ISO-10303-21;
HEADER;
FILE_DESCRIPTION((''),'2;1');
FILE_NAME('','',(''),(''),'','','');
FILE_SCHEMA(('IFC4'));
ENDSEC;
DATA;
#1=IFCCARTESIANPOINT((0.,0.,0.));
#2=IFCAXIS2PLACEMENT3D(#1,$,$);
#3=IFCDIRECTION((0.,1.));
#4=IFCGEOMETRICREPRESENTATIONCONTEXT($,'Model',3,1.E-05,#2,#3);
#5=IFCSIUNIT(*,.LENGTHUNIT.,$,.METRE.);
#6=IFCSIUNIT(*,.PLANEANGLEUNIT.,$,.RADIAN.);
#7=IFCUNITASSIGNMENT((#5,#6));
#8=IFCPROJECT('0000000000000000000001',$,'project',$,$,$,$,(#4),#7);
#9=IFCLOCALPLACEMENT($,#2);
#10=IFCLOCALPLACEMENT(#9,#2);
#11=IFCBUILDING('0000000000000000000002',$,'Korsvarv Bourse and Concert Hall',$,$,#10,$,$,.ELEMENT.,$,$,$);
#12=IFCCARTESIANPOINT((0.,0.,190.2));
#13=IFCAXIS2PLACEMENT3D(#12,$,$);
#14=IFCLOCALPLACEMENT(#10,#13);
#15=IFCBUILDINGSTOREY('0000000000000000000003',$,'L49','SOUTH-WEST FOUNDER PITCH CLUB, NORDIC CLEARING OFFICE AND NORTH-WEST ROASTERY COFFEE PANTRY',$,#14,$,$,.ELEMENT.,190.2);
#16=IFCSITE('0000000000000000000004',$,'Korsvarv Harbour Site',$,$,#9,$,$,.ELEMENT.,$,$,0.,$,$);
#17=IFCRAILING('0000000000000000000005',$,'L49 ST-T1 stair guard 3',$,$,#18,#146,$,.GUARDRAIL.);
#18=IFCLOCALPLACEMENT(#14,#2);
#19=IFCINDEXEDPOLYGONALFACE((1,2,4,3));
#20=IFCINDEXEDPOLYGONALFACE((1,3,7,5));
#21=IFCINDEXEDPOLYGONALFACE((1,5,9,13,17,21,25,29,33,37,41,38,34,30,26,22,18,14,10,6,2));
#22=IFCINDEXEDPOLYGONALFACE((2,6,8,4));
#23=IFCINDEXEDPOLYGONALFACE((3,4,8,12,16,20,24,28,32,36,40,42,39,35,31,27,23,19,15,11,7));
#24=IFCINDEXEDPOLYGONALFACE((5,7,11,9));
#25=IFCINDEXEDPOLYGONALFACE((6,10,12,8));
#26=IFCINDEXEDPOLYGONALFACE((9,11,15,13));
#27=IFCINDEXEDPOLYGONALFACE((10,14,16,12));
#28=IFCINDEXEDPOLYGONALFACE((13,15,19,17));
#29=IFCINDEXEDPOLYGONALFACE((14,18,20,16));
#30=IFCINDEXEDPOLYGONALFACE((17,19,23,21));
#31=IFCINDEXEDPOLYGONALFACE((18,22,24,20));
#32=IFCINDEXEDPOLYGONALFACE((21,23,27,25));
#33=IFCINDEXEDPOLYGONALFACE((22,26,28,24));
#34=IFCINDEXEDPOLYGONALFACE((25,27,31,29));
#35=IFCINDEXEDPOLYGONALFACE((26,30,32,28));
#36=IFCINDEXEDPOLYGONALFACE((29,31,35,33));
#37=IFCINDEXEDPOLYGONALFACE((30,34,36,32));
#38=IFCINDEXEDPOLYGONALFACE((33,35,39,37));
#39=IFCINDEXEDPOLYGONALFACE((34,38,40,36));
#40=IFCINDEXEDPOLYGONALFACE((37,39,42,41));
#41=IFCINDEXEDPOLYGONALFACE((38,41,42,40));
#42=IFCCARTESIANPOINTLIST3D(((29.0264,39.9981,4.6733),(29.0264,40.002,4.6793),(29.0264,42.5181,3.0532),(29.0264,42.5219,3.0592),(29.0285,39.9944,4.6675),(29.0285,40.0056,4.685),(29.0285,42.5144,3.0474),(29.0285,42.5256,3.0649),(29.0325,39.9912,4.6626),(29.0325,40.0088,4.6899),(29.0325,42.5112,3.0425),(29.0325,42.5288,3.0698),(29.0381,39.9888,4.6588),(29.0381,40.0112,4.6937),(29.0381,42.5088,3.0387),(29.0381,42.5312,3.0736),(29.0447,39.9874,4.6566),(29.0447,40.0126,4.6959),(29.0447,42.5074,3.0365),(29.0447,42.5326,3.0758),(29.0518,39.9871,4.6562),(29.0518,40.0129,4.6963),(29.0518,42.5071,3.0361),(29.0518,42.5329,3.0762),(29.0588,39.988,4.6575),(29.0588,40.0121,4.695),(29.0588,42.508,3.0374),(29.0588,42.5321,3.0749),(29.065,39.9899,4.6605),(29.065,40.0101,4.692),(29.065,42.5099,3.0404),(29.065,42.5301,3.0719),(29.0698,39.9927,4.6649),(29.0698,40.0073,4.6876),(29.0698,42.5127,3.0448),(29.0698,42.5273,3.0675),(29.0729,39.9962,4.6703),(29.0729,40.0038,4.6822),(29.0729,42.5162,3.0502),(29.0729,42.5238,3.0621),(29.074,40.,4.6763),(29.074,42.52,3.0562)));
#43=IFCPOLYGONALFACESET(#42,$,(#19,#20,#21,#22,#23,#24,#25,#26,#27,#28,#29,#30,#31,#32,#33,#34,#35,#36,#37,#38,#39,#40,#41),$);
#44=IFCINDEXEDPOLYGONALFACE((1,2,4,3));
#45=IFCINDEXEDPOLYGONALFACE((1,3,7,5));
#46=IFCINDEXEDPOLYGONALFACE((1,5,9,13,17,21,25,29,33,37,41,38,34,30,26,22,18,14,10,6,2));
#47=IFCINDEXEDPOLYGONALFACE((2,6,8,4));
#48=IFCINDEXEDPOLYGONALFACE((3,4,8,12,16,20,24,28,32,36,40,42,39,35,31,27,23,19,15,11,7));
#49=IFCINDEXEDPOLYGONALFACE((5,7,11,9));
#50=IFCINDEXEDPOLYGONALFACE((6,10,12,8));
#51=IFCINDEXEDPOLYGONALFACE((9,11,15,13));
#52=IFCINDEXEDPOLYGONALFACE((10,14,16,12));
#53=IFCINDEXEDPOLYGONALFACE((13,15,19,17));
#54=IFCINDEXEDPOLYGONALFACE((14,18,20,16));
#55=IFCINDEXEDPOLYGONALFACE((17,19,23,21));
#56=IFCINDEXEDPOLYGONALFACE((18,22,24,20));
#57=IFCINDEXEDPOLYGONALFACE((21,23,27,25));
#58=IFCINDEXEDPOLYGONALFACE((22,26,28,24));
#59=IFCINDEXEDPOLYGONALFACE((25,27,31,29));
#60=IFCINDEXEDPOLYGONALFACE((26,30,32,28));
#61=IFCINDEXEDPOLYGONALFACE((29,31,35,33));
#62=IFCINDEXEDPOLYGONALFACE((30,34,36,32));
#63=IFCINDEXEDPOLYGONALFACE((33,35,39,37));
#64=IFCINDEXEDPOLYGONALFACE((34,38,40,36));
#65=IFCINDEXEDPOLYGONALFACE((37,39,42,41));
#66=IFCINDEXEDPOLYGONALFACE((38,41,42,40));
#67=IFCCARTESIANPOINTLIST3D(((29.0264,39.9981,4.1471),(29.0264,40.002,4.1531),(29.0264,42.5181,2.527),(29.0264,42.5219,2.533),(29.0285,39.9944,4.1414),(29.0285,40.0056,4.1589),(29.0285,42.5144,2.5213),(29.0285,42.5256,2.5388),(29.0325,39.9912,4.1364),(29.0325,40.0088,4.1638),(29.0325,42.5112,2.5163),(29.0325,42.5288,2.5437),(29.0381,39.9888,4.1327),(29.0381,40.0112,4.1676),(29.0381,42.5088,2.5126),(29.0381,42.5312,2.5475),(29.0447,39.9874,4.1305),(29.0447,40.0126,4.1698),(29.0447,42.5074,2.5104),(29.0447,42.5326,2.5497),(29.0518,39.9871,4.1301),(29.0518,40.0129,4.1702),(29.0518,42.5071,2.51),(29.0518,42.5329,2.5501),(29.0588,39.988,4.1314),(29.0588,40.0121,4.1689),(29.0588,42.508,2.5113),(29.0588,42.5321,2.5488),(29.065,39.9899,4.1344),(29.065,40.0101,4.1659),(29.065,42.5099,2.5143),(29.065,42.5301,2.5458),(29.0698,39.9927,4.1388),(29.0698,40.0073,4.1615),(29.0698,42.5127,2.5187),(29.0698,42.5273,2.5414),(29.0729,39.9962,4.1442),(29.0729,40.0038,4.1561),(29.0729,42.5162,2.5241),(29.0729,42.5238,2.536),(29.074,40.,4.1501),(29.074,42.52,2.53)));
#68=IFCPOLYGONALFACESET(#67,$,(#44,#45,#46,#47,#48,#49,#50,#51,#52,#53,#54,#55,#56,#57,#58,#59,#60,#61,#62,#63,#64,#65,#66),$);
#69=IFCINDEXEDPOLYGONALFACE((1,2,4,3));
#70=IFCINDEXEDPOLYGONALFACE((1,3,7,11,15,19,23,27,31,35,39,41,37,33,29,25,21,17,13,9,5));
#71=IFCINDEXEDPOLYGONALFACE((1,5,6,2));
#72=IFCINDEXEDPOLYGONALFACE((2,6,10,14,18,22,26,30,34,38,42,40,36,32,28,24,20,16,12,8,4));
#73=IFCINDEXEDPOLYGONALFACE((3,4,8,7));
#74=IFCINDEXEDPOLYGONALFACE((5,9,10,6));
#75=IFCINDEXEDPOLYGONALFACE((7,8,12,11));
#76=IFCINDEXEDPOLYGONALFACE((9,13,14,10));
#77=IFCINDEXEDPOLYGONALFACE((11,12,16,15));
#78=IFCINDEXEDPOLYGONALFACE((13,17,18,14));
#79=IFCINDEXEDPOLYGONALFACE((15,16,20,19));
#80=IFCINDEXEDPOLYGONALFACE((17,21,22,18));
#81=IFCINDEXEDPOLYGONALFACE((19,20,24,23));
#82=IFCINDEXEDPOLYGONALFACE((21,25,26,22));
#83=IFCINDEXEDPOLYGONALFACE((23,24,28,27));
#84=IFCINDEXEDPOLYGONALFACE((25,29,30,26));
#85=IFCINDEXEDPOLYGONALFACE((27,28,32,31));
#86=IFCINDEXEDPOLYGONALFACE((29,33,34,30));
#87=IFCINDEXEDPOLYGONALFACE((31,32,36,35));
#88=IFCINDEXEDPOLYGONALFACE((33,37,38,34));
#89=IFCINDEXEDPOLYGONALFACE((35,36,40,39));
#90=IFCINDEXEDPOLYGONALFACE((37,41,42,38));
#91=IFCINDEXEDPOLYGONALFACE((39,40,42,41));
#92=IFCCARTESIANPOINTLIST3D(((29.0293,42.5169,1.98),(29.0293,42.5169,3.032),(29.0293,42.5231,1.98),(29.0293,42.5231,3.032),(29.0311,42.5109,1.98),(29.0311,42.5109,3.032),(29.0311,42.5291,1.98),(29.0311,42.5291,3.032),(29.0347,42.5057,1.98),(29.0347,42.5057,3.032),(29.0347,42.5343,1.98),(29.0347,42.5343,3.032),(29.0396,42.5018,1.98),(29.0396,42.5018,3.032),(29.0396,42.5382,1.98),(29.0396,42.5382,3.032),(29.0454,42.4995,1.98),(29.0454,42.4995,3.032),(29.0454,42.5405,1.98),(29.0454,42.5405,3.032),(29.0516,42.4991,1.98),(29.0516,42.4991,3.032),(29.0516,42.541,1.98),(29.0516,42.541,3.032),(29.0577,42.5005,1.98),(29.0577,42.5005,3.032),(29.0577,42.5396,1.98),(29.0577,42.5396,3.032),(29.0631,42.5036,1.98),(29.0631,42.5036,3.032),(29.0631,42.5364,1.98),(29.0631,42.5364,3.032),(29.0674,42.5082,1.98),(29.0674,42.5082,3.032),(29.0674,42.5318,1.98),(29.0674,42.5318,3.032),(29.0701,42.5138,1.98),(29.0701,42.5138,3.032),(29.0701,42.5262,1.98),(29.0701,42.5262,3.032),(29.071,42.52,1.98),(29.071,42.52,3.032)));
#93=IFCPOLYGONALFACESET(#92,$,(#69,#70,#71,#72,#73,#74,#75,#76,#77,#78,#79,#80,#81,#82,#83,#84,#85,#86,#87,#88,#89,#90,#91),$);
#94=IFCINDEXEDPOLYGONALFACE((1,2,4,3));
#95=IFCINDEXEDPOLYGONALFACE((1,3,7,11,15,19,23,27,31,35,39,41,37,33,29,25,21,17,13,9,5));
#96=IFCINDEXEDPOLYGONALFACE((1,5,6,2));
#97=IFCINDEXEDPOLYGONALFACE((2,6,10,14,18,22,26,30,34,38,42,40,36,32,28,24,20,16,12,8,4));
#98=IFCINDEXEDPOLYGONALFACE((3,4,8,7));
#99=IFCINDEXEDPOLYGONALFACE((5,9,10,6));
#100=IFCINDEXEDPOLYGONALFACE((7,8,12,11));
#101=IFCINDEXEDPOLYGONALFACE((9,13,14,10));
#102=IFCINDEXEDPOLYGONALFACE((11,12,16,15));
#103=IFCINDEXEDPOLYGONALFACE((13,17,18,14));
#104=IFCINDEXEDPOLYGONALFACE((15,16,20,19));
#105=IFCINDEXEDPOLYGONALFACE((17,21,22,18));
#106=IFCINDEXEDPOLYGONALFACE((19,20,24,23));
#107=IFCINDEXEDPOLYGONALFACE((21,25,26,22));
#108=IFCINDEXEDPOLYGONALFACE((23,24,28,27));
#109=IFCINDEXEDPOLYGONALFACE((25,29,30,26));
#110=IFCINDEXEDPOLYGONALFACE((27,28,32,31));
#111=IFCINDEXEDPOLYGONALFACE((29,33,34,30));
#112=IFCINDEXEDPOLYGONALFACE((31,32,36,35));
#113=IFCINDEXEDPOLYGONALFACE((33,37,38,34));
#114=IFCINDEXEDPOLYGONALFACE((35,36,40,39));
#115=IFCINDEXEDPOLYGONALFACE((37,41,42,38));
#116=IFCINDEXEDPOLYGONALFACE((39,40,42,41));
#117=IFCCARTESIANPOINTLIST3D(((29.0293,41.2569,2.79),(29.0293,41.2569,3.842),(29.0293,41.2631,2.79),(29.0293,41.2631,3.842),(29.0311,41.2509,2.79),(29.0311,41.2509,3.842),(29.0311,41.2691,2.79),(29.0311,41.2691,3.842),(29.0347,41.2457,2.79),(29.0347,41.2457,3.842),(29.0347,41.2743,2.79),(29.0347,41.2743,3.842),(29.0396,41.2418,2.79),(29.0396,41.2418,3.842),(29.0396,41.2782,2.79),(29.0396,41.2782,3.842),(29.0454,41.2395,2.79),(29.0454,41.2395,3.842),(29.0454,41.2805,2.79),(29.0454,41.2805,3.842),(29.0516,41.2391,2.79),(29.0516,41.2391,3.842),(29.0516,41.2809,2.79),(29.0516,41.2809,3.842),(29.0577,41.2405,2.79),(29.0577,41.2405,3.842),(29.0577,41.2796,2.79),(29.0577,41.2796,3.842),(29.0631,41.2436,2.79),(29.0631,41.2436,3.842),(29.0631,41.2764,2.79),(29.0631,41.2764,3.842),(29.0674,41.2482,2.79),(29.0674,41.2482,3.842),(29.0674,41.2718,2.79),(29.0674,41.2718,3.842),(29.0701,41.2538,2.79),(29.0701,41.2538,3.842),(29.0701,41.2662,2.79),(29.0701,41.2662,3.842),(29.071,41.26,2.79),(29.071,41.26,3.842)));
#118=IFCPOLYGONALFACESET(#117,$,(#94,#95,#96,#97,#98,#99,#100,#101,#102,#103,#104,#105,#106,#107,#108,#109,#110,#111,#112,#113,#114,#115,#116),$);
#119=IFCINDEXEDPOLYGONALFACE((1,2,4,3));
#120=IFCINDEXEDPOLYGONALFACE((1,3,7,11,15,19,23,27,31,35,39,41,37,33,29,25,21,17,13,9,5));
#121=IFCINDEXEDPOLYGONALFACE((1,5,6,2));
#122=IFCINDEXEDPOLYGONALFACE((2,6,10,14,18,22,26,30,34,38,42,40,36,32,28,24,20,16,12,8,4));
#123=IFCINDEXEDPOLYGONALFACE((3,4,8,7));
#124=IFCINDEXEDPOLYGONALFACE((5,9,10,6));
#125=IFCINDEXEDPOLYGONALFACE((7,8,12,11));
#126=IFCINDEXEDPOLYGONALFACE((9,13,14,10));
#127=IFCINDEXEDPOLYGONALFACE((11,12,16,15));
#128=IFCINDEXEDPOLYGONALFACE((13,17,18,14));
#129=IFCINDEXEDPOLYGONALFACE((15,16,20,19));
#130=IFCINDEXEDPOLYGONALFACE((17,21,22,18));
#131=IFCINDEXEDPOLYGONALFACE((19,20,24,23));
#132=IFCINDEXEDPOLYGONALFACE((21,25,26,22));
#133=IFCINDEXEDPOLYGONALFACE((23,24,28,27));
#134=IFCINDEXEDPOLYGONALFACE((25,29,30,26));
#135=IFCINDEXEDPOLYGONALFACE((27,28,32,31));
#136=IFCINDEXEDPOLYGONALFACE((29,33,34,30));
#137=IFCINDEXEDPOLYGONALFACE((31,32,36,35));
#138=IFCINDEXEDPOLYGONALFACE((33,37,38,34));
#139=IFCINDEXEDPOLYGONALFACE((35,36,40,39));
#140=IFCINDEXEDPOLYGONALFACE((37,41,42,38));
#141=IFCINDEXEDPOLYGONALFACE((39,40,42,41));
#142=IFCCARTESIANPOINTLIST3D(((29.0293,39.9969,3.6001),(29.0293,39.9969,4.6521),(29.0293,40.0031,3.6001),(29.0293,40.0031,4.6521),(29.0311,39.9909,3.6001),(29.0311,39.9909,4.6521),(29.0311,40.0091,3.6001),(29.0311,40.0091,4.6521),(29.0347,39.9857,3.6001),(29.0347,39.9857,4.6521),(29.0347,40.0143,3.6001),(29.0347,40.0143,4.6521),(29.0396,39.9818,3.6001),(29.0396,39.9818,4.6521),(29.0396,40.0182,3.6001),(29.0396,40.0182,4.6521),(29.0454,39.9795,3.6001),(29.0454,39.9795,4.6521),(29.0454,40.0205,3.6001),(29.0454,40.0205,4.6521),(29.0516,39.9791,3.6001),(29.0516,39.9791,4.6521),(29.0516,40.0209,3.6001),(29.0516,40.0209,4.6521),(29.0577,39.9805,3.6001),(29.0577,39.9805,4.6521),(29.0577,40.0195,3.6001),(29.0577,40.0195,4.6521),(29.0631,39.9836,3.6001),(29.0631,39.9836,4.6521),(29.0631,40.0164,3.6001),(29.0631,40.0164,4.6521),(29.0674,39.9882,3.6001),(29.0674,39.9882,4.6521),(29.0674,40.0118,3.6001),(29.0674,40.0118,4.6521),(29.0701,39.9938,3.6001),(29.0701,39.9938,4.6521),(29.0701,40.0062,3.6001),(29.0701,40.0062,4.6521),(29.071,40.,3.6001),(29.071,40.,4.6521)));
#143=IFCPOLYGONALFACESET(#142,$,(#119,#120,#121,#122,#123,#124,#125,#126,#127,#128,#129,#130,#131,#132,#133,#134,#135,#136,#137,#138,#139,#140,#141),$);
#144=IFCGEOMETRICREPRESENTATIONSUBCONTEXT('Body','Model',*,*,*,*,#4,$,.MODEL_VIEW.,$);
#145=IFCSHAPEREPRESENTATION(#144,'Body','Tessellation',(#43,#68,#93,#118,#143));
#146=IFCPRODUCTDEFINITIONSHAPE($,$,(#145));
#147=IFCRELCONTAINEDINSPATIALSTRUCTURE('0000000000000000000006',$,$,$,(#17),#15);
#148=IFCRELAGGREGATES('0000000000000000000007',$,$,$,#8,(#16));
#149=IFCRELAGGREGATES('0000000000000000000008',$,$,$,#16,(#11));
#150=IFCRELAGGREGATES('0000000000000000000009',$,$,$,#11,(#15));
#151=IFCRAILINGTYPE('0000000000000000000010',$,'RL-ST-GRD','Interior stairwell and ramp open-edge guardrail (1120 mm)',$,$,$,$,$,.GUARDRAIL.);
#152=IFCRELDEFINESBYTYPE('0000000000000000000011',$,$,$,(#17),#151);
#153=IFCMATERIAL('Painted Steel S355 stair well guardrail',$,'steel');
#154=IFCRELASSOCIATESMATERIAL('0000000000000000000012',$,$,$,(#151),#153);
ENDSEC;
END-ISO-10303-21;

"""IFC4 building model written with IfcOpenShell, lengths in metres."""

from ifc_helpers import new_model, si_unit, direction, frame, origin, origin_2d, place, context, subcontext, project, spatial, circle, extrude, material, type_object, element, save


model = new_model("IFC4")

# Units and contexts
model_context = context("Model", 3, precision=1e-05, world=origin(), true_north=direction((0.0, 1.0)))
body_context = subcontext(model_context, "Body", "Model", "MODEL_VIEW")
ifc_project = project(units=[si_unit("LENGTHUNIT", "METRE"), si_unit("PLANEANGLEUNIT", "RADIAN")], contexts=[model_context])

# Site, building, storey
site_placement = place(None, origin())
site = spatial("IfcSite", under=ifc_project, at=site_placement, Name="Korsvarv Harbour Site", CompositionType="ELEMENT", RefElevation=0.0)
building_placement = place(site_placement, origin())
building = spatial("IfcBuilding", under=site, at=building_placement, Name="Korsvarv Bourse and Concert Hall", CompositionType="ELEMENT")
storey_placement = place(building_placement, frame((0.0, 0.0, 190.2)))
storey = spatial("IfcBuildingStorey", under=building, at=storey_placement, Name="L49", Description="SOUTH-WEST FOUNDER PITCH CLUB, NORDIC CLEARING OFFICE AND NORTH-WEST ROASTERY COFFEE PANTRY", CompositionType="ELEMENT", Elevation=190.2)

# Railing
ifc_material_1 = material(Name="Painted Steel S355 stair well guardrail", Category="steel")
railing_type_1 = type_object("IfcRailingType", Name="RL-ST-GRD", Description="Interior stairwell and ramp open-edge guardrail (1120 mm)", PredefinedType="GUARDRAIL", material=ifc_material_1)
railing_1_placement = place(storey_placement, frame((29.05, 42.52, 1.98)))
element("IfcRailing", 1, at=railing_1_placement, inside=storey, type_object=railing_type_1, Name="L49 ST-T1 stair guard 3", PredefinedType="GUARDRAIL", context=body_context, shape_type="SweptSolid", body=[
    extrude(circle(Radius=0.0239, at=origin_2d()), frame((0.0, 0.0, 1.0762), z_axis=(0.0, -0.841163, 0.540782), x_axis=(1.0, 0.0, 0.0)), (0.0, 0.0, 1.0), 2.9958),
    extrude(circle(Radius=0.0239, at=origin_2d()), frame((0.0, 0.0, 0.55), z_axis=(0.0, -0.841163, 0.540782), x_axis=(1.0, 0.0, 0.0)), (0.0, 0.0, 1.0), 2.9958),
    extrude(circle(Radius=0.021, at=origin_2d()), origin(), (0.0, 0.0, 1.0), 1.052),
    extrude(circle(Radius=0.021, at=origin_2d()), frame((0.0, -1.26, 0.8101)), (0.0, 0.0, 1.0), 1.052),
    extrude(circle(Radius=0.021, at=origin_2d()), frame((0.0, -2.52, 1.6201)), (0.0, 0.0, 1.0), 1.052),
])

save(model, "model.ifc")
